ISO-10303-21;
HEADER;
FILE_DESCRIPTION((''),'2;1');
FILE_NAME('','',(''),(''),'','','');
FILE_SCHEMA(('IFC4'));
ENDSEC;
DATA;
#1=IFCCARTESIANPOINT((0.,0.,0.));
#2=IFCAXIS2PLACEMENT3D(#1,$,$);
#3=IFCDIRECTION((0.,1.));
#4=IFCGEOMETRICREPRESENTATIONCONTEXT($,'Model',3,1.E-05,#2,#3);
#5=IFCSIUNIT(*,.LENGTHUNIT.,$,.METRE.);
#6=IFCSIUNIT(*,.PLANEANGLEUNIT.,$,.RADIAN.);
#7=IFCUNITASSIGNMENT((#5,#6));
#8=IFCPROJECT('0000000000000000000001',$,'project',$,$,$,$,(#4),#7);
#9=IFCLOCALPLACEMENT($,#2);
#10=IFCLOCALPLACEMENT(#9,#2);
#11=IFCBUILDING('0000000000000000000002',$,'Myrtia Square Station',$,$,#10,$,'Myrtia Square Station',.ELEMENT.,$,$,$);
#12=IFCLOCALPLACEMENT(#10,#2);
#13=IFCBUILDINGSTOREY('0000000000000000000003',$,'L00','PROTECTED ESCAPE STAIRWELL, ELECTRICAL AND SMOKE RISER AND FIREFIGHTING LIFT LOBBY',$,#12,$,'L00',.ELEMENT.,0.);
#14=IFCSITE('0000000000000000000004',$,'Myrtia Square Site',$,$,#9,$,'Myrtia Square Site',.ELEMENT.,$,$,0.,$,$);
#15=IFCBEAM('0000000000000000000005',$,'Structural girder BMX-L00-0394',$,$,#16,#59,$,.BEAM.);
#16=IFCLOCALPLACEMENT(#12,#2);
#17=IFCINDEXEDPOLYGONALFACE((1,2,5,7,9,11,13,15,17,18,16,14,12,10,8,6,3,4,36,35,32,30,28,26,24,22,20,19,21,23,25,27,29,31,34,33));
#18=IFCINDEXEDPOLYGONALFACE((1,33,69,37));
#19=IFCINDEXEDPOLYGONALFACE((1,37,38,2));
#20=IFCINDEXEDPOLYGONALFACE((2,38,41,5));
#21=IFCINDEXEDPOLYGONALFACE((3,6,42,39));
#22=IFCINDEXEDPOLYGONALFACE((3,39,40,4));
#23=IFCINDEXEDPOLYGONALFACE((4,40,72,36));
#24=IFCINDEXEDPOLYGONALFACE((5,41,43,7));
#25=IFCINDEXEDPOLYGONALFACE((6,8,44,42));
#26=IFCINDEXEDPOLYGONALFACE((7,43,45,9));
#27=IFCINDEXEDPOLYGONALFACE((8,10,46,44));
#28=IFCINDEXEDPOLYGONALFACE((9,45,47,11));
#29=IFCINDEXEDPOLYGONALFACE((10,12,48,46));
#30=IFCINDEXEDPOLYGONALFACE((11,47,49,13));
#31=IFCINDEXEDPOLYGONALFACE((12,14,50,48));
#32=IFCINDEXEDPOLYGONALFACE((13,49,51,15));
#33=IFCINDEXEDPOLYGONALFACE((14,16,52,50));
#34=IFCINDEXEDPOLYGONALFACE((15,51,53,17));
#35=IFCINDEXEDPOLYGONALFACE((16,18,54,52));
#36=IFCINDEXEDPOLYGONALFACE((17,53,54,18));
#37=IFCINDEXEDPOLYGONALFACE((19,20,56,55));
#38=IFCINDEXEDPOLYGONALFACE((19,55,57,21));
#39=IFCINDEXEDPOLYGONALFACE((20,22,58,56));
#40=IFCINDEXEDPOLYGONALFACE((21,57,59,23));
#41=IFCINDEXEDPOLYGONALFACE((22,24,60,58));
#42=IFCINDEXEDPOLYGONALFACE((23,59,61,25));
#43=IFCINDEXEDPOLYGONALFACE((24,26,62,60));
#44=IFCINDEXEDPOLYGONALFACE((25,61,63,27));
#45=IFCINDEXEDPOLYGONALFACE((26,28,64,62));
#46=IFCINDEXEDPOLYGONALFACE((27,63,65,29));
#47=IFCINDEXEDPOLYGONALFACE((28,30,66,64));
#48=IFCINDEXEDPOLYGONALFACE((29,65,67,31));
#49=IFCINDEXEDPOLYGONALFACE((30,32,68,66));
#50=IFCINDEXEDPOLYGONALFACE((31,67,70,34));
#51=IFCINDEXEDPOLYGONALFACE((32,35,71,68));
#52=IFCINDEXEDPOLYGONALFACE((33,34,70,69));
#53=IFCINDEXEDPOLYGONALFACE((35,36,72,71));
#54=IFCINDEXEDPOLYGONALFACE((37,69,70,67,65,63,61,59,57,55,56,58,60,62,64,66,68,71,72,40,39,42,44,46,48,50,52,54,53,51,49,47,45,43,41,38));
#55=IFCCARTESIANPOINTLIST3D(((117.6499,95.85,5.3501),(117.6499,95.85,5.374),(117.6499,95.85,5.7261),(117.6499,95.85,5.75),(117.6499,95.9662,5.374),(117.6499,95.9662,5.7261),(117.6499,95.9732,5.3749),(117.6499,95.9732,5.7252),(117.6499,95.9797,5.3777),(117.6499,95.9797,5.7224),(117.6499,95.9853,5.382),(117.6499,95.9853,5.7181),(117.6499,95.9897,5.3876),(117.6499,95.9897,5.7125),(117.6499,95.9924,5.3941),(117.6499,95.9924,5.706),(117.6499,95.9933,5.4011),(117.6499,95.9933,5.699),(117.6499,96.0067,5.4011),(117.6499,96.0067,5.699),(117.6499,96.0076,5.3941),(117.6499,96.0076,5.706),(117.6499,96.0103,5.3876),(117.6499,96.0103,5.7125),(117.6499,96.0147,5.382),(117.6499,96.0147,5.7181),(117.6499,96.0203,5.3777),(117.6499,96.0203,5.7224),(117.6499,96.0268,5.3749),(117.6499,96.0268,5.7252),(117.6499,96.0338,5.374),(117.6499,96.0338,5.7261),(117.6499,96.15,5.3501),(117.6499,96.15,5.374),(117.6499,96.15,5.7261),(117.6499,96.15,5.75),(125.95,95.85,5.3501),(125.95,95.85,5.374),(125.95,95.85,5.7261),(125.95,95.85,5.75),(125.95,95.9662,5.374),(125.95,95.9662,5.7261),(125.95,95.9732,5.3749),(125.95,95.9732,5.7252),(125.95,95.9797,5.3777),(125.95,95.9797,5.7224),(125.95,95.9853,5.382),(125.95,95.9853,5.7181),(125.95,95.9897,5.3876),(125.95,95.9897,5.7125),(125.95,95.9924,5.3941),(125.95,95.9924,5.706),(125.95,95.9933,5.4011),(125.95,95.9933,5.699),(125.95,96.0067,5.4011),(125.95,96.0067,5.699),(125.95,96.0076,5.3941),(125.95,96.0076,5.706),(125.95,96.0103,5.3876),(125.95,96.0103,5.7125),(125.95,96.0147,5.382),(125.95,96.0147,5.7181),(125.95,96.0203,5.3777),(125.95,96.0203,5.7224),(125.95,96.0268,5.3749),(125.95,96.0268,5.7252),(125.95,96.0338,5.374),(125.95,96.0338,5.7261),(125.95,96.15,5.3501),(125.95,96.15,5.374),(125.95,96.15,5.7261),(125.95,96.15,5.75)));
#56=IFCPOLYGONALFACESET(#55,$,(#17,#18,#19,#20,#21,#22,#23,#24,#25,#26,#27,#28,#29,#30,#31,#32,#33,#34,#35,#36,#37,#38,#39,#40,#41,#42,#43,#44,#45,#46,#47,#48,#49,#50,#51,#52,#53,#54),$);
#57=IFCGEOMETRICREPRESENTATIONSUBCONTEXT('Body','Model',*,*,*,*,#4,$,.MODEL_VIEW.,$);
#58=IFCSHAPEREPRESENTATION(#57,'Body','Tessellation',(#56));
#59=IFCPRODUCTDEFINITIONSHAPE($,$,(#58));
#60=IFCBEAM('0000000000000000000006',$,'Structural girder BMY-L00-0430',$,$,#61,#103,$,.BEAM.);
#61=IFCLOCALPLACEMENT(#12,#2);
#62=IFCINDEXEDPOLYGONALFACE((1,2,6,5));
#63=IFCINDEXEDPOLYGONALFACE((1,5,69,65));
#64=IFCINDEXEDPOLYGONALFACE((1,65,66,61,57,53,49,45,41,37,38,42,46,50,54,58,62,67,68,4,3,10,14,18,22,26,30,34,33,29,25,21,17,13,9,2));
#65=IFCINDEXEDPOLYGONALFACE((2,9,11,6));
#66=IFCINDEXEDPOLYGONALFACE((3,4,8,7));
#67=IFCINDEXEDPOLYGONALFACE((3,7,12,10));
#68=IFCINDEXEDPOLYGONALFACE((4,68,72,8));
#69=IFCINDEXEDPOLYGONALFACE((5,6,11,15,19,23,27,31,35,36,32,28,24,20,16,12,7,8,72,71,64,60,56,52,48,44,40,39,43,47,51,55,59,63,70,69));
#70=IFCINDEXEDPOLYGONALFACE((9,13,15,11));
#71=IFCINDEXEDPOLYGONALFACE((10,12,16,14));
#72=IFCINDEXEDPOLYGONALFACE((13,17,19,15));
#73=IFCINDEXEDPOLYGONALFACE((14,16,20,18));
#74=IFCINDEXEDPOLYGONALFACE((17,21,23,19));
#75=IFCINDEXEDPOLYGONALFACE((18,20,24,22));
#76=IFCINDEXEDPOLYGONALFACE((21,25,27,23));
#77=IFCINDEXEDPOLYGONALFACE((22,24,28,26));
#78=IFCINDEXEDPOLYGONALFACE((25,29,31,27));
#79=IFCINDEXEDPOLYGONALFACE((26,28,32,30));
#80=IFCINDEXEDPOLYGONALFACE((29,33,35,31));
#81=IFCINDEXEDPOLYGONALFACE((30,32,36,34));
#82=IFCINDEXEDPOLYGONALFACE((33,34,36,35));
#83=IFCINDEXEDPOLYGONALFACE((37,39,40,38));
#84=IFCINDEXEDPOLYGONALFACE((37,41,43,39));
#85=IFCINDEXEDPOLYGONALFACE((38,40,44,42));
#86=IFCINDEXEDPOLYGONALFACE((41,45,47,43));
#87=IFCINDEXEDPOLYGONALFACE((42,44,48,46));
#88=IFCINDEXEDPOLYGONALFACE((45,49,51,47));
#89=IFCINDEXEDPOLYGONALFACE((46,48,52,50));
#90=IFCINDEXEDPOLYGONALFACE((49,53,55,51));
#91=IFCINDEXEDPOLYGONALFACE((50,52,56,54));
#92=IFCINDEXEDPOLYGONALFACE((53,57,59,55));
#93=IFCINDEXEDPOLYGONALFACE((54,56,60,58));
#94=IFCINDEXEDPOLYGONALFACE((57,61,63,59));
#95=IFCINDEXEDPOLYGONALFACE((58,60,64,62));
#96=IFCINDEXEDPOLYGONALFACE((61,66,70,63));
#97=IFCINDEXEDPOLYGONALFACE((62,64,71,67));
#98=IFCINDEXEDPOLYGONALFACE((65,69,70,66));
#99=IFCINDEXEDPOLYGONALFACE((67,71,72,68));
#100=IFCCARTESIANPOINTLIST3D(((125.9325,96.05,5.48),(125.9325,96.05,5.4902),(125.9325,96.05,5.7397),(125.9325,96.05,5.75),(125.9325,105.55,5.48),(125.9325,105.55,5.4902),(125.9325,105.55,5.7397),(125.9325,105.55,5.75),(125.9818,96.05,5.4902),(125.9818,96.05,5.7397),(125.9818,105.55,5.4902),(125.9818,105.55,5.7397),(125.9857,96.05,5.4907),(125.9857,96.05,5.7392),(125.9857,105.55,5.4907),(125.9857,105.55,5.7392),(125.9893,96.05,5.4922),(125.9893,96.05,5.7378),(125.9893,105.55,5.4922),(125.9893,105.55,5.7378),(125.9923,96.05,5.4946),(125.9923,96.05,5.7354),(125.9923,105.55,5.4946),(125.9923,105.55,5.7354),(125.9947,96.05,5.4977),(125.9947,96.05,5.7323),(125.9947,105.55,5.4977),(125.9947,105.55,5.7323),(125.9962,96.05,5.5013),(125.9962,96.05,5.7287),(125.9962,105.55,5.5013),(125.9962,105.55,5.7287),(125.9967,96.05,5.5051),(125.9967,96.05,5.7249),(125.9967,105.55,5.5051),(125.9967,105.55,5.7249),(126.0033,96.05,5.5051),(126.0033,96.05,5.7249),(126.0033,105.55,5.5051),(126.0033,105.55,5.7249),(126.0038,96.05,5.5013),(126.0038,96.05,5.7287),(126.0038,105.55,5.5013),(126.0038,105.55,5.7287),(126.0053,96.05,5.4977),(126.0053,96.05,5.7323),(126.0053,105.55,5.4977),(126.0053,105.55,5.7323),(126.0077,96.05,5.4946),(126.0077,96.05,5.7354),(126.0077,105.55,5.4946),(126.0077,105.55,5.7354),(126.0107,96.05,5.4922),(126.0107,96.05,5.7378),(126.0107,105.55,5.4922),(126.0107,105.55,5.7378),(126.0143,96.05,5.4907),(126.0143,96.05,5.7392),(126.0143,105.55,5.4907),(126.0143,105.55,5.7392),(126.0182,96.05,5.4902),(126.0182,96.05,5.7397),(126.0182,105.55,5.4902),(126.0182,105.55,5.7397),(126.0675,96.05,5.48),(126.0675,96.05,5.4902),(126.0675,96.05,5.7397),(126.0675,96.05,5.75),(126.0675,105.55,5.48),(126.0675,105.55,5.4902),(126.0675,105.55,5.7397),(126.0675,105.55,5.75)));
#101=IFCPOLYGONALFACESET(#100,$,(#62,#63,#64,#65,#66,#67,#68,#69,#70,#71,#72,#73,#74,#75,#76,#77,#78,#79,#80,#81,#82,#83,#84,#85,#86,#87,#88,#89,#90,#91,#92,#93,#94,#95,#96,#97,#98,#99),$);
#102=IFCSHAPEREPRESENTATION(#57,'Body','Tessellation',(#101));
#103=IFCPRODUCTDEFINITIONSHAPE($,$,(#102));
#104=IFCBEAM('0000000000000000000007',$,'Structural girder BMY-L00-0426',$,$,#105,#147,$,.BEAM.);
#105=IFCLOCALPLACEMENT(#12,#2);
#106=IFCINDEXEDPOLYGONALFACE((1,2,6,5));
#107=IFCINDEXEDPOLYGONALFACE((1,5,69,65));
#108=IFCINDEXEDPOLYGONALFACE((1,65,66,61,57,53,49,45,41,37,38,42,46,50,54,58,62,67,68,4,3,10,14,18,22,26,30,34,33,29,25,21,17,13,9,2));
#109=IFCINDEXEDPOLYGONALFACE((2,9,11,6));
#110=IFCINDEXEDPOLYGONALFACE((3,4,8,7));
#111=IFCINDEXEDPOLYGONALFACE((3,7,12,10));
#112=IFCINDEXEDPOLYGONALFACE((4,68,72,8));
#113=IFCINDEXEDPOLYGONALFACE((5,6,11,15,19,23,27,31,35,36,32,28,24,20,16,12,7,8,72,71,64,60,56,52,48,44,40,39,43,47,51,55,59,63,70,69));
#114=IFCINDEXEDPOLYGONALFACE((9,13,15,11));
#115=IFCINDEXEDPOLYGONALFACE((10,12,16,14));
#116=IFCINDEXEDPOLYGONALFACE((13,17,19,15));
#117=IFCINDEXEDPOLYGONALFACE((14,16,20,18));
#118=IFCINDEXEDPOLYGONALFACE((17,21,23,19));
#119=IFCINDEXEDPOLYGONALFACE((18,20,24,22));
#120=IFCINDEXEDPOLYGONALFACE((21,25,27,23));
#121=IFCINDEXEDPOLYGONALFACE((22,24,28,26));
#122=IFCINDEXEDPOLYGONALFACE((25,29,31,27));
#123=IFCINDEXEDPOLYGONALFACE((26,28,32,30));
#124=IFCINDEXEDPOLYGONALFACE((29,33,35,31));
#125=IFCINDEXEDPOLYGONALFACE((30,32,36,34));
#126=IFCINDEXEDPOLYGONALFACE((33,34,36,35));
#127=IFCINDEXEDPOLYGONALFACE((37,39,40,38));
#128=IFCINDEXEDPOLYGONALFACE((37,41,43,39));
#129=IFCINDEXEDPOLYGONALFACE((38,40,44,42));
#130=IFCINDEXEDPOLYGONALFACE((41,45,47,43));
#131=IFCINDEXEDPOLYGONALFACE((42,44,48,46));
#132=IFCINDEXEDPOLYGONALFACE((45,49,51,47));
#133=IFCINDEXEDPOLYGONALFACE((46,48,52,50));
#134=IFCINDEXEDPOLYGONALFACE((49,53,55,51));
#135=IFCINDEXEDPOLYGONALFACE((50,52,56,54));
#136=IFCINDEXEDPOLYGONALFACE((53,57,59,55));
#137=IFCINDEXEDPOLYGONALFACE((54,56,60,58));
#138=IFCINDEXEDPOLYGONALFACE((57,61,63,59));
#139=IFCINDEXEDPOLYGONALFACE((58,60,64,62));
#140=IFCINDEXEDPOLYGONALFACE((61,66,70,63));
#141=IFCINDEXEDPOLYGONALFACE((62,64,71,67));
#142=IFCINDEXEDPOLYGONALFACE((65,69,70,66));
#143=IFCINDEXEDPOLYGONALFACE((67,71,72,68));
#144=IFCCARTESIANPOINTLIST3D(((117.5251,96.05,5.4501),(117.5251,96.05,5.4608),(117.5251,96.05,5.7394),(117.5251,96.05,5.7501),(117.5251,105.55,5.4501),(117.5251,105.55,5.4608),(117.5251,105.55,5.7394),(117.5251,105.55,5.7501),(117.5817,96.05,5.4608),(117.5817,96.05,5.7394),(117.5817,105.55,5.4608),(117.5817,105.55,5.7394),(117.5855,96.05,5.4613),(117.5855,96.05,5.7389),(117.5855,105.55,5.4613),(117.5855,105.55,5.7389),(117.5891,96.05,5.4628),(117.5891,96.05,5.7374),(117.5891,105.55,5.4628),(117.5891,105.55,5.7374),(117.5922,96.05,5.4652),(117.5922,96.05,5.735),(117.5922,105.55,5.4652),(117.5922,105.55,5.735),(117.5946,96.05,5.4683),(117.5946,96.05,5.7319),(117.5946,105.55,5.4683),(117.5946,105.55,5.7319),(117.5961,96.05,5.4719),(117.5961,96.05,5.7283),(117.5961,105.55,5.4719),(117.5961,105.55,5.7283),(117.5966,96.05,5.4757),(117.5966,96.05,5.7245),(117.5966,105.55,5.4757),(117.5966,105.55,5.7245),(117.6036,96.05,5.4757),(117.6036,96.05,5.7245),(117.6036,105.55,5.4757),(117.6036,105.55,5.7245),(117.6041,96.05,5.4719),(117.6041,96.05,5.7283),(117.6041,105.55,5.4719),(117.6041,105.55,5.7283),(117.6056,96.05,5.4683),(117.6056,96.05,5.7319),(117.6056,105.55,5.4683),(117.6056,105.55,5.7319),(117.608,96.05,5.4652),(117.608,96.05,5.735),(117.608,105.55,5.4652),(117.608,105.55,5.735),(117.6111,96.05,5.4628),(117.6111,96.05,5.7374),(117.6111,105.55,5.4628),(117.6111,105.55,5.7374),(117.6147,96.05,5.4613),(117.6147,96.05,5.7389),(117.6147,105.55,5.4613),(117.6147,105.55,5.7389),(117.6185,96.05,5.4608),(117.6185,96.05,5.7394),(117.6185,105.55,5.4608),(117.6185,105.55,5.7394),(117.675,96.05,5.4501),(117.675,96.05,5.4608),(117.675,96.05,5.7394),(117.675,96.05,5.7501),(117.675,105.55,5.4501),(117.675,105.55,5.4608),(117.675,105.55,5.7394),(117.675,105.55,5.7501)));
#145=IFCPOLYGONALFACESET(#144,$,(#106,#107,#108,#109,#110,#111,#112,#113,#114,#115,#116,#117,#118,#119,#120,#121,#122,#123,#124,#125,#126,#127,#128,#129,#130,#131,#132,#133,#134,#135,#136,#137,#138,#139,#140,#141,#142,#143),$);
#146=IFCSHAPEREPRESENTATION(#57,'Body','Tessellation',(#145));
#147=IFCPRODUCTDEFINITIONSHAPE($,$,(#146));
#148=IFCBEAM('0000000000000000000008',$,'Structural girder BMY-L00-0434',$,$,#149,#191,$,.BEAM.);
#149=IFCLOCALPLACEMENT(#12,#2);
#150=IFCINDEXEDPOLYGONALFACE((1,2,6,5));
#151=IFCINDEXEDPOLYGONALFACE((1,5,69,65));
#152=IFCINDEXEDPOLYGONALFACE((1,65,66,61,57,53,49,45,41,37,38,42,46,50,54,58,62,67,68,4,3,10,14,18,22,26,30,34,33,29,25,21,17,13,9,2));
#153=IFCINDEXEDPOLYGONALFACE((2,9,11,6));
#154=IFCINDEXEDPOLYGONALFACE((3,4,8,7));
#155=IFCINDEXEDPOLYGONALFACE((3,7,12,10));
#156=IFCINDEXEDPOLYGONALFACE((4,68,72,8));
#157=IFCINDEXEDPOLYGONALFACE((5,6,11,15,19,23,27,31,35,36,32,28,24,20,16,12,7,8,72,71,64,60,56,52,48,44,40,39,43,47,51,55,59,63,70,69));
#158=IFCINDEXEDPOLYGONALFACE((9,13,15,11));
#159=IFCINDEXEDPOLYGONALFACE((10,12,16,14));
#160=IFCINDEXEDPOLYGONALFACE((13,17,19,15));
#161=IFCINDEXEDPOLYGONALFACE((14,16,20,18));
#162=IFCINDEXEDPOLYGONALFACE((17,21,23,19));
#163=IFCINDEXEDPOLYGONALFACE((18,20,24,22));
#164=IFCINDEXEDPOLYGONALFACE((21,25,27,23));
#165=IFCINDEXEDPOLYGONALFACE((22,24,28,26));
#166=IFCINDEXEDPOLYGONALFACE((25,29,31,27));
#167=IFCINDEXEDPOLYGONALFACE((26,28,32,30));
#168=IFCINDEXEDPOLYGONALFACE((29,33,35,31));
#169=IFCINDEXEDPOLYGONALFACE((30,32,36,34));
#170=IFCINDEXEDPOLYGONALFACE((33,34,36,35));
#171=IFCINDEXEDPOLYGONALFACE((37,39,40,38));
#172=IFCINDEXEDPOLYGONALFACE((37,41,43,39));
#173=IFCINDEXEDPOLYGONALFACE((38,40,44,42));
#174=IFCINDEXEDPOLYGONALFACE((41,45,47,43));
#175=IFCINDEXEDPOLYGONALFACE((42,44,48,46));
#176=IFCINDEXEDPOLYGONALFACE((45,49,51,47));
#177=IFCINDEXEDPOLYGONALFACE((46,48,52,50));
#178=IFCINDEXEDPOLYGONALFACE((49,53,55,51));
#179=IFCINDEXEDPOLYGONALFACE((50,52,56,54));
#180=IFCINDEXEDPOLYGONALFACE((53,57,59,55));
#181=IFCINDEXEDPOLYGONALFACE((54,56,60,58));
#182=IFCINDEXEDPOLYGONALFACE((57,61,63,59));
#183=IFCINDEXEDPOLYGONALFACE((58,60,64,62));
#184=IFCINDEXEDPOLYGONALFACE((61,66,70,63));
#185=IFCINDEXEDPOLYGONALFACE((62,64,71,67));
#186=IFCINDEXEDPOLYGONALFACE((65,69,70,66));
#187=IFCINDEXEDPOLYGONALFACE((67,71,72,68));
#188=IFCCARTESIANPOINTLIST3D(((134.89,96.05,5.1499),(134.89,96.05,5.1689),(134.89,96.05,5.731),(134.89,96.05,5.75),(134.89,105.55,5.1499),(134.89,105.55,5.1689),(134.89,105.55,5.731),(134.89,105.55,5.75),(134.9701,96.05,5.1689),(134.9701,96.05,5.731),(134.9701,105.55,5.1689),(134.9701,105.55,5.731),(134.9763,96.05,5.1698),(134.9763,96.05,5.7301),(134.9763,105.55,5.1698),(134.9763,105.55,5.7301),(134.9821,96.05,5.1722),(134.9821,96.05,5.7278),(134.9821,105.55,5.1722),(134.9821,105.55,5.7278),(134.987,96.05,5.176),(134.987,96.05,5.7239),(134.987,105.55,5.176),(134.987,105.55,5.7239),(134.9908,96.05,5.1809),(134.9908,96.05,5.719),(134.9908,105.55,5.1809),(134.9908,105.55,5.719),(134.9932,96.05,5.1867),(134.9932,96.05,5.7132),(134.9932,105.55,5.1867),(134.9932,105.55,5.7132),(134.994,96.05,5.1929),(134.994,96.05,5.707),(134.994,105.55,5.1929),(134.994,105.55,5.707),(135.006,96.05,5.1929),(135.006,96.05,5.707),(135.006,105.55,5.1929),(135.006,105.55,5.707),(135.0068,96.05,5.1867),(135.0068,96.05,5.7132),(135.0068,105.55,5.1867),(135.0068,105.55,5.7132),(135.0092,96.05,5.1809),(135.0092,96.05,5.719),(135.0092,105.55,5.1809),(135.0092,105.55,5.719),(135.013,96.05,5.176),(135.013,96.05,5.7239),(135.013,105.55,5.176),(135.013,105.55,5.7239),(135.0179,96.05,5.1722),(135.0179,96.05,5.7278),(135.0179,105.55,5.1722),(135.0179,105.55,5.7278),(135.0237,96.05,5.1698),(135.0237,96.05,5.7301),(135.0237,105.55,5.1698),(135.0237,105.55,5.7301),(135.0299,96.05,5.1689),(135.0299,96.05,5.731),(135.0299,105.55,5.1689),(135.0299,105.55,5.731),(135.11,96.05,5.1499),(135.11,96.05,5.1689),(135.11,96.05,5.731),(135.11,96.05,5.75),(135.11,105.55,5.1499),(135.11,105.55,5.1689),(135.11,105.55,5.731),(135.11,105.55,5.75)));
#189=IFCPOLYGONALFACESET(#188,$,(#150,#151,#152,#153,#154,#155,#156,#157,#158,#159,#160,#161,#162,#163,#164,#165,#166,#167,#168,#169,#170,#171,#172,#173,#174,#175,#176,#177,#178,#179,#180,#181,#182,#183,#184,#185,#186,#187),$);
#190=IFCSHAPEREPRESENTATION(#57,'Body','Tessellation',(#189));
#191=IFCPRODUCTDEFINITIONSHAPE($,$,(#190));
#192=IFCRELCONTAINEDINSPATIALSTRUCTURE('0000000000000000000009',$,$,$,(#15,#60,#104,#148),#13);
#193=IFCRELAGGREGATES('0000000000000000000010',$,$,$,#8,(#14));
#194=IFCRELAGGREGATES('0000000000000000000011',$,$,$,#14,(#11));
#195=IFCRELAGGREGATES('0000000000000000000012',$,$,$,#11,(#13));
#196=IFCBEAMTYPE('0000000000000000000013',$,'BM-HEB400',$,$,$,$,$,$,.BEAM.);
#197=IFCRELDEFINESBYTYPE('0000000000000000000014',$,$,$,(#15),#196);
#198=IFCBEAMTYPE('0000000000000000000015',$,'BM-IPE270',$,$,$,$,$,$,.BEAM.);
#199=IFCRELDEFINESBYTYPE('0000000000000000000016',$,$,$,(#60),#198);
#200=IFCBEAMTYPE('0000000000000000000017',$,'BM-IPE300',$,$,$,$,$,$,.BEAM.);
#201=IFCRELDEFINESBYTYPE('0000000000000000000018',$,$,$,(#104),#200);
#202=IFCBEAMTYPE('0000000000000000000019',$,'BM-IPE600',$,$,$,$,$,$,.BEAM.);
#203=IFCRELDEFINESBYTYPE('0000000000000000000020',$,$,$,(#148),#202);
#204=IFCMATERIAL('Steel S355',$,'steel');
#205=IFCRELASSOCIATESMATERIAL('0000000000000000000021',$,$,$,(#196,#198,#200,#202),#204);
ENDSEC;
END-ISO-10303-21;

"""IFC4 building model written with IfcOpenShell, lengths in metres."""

from ifc_helpers import new_model, si_unit, direction, frame, origin, origin_2d, place, context, subcontext, project, spatial, i_section, extrude, material, material_profile, profile_set, type_object, element, save


model = new_model("IFC4")

# Units and contexts
model_context = context("Model", 3, precision=1e-05, world=origin(), true_north=direction((0.0, 1.0)))
body_context = subcontext(model_context, "Body", "Model", "MODEL_VIEW")
ifc_project = project(units=[si_unit("LENGTHUNIT", "METRE"), si_unit("PLANEANGLEUNIT", "RADIAN")], contexts=[model_context])

# Site, building, storey
site_placement = place(None, origin())
site = spatial("IfcSite", under=ifc_project, at=site_placement, Name="Myrtia Square Site", LongName="Myrtia Square Site", CompositionType="ELEMENT", RefElevation=0.0)
building_placement = place(site_placement, origin())
building = spatial("IfcBuilding", under=site, at=building_placement, Name="Myrtia Square Station", LongName="Myrtia Square Station", CompositionType="ELEMENT")
storey_placement = place(building_placement, origin())
storey = spatial("IfcBuildingStorey", under=building, at=storey_placement, Name="L00", Description="PROTECTED ESCAPE STAIRWELL, ELECTRICAL AND SMOKE RISER AND FIREFIGHTING LIFT LOBBY", LongName="L00", CompositionType="ELEMENT", Elevation=0.0)

# Shared definitions
ifc_material_1 = material(Name="Steel S355", Category="steel")

# Beams
ifc_material_profile_1 = material_profile(ifc_material_1, i_section(OverallWidth=0.3, OverallDepth=0.3999, WebThickness=0.0134, FlangeThickness=0.0239, FilletRadius=0.0271, at=origin_2d()), Name="HEB 400")
ifc_profile_set_1 = profile_set([ifc_material_profile_1], Name="Steel S355")
beam_type_1 = type_object("IfcBeamType", Name="BM-HEB400", PredefinedType="BEAM", material=ifc_profile_set_1)
beam_1_placement = place(storey_placement, frame((117.6499, 96.0, 5.55), z_axis=(1.0, 0.0, 0.0), x_axis=(0.0, 1.0, 0.0)))
element("IfcBeam", 1, at=beam_1_placement, inside=storey, type_object=beam_type_1, Name="Structural girder BMX-L00-0394", PredefinedType="BEAM", context=body_context, shape_type="SweptSolid", body=[
    extrude(i_section(OverallWidth=0.3, OverallDepth=0.3999, WebThickness=0.0134, FlangeThickness=0.0239, FilletRadius=0.0271, at=origin_2d()), origin(), (0.0, 0.0, 1.0), 8.3),
])
ifc_material_profile_2 = material_profile(ifc_material_1, i_section(OverallWidth=0.135, OverallDepth=0.27, WebThickness=0.0066, FlangeThickness=0.0103, FilletRadius=0.0149, at=origin_2d()), Name="IPE 270")
ifc_profile_set_2 = profile_set([ifc_material_profile_2], Name="Steel S355")
beam_type_2 = type_object("IfcBeamType", Name="BM-IPE270", PredefinedType="BEAM", material=ifc_profile_set_2)
beam_2_placement = place(storey_placement, frame((126.0, 96.05, 5.615), z_axis=(0.0, 1.0, 0.0), x_axis=(-1.0, 0.0, 0.0)))
element("IfcBeam", 2, at=beam_2_placement, inside=storey, type_object=beam_type_2, Name="Structural girder BMY-L00-0430", PredefinedType="BEAM", context=body_context, shape_type="SweptSolid", body=[
    extrude(i_section(OverallWidth=0.135, OverallDepth=0.27, WebThickness=0.0066, FlangeThickness=0.0103, FilletRadius=0.0149, at=origin_2d()), origin(), (0.0, 0.0, 1.0), 9.5),
])
ifc_material_profile_3 = material_profile(ifc_material_1, i_section(OverallWidth=0.1499, OverallDepth=0.3, WebThickness=0.0071, FlangeThickness=0.0107, FilletRadius=0.0149, at=origin_2d()), Name="IPE 300")
ifc_profile_set_3 = profile_set([ifc_material_profile_3], Name="Steel S355")
beam_type_3 = type_object("IfcBeamType", Name="BM-IPE300", PredefinedType="BEAM", material=ifc_profile_set_3)
beam_3_placement = place(storey_placement, frame((117.6001, 96.05, 5.6001), z_axis=(0.0, 1.0, 0.0), x_axis=(-1.0, 0.0, 0.0)))
element("IfcBeam", 3, at=beam_3_placement, inside=storey, type_object=beam_type_3, Name="Structural girder BMY-L00-0426", PredefinedType="BEAM", context=body_context, shape_type="SweptSolid", body=[
    extrude(i_section(OverallWidth=0.1499, OverallDepth=0.3, WebThickness=0.0071, FlangeThickness=0.0107, FilletRadius=0.0149, at=origin_2d()), origin(), (0.0, 0.0, 1.0), 9.5),
])
ifc_material_profile_4 = material_profile(ifc_material_1, i_section(OverallWidth=0.22, OverallDepth=0.6001, WebThickness=0.012, FlangeThickness=0.019, FilletRadius=0.0239, at=origin_2d()), Name="IPE 600")
ifc_profile_set_4 = profile_set([ifc_material_profile_4], Name="Steel S355")
beam_type_4 = type_object("IfcBeamType", Name="BM-IPE600", PredefinedType="BEAM", material=ifc_profile_set_4)
beam_4_placement = place(storey_placement, frame((135.0, 96.05, 5.45), z_axis=(0.0, 1.0, 0.0), x_axis=(-1.0, 0.0, 0.0)))
element("IfcBeam", 4, at=beam_4_placement, inside=storey, type_object=beam_type_4, Name="Structural girder BMY-L00-0434", PredefinedType="BEAM", context=body_context, shape_type="SweptSolid", body=[
    extrude(i_section(OverallWidth=0.22, OverallDepth=0.6001, WebThickness=0.012, FlangeThickness=0.019, FilletRadius=0.0239, at=origin_2d()), origin(), (0.0, 0.0, 1.0), 9.5),
])

save(model, "model.ifc")
